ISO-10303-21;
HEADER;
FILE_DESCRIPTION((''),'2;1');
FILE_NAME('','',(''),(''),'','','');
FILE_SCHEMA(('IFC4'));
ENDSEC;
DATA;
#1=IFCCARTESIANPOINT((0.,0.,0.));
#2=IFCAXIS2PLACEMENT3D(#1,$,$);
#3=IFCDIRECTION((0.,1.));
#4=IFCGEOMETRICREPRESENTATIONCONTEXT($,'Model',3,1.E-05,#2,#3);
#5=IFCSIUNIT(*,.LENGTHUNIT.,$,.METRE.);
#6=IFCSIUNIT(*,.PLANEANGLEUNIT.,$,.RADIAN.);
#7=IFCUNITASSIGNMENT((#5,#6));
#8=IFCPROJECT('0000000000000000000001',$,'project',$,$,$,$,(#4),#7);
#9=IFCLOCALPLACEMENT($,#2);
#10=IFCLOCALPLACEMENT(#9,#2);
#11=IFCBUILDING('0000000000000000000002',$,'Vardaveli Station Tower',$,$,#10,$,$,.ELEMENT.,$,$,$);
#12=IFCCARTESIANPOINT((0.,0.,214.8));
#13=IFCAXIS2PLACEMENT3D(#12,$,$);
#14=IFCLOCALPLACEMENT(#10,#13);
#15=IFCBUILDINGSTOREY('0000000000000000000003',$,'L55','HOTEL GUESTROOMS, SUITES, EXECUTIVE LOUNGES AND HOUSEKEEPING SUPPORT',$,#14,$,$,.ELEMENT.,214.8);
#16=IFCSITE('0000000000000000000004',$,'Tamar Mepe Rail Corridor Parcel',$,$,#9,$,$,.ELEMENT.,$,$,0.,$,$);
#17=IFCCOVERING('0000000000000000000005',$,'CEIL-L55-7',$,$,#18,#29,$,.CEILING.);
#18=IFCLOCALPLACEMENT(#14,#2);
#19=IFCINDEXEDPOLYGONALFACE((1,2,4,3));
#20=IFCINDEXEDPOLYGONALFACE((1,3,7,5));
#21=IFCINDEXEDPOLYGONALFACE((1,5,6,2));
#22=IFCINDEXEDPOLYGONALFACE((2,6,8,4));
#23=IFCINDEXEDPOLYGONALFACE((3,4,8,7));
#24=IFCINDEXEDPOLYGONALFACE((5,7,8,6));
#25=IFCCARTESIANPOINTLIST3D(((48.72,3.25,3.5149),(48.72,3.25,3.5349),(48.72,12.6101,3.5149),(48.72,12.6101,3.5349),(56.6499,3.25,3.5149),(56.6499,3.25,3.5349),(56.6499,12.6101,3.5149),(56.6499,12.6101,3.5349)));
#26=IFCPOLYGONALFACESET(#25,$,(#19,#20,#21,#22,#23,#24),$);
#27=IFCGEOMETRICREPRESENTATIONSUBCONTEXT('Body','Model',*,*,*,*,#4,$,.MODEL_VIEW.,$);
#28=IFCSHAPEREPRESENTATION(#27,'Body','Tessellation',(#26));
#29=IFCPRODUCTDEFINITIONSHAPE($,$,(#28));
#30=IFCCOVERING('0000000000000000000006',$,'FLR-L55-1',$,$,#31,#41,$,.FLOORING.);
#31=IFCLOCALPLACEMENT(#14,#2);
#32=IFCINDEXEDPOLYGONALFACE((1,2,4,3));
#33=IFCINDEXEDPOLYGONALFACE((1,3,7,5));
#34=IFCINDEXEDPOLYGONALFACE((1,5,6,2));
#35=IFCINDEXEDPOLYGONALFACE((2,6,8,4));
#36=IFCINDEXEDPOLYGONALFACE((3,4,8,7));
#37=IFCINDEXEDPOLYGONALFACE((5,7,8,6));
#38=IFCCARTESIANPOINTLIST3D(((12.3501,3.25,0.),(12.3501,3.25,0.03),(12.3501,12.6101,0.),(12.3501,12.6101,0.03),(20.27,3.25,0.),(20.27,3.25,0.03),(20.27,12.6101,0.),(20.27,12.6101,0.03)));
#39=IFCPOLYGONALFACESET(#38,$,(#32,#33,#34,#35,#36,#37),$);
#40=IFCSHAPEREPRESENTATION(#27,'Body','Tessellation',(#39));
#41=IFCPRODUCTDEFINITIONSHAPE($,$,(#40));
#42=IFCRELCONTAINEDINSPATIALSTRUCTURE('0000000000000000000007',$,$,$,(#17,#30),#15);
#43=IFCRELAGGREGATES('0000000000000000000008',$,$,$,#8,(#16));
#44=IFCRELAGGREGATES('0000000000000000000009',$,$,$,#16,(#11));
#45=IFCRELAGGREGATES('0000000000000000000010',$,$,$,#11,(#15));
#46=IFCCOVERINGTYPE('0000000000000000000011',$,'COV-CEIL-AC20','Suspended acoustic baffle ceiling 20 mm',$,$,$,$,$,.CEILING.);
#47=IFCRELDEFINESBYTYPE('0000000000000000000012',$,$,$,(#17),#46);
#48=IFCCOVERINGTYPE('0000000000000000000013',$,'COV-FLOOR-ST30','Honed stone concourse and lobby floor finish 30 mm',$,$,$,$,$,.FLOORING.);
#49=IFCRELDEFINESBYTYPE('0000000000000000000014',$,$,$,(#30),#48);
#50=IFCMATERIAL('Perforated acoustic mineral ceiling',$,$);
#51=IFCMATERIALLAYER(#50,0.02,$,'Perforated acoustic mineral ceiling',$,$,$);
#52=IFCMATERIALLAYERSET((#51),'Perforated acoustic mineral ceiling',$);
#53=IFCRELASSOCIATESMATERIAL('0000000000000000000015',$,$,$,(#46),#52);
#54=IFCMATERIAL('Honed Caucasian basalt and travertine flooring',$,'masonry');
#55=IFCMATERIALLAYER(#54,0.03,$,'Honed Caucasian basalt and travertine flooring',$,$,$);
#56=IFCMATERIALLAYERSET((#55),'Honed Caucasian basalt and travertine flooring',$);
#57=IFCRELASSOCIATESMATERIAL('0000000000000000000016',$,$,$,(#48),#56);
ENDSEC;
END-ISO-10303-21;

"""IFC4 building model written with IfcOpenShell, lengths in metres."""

from ifc_helpers import new_model, si_unit, direction, frame, origin, place, context, subcontext, project, spatial, polyline, outline, extrude, material, layer, layer_set, type_object, element, save


model = new_model("IFC4")

# Units and contexts
model_context = context("Model", 3, precision=1e-05, world=origin(), true_north=direction((0.0, 1.0)))
body_context = subcontext(model_context, "Body", "Model", "MODEL_VIEW")
ifc_project = project(units=[si_unit("LENGTHUNIT", "METRE"), si_unit("PLANEANGLEUNIT", "RADIAN")], contexts=[model_context])

# Site, building, storey
site_placement = place(None, origin())
site = spatial("IfcSite", under=ifc_project, at=site_placement, Name="Tamar Mepe Rail Corridor Parcel", CompositionType="ELEMENT", RefElevation=0.0)
building_placement = place(site_placement, origin())
building = spatial("IfcBuilding", under=site, at=building_placement, Name="Vardaveli Station Tower", CompositionType="ELEMENT")
storey_placement = place(building_placement, frame((0.0, 0.0, 214.8)))
storey = spatial("IfcBuildingStorey", under=building, at=storey_placement, Name="L55", Description="HOTEL GUESTROOMS, SUITES, EXECUTIVE LOUNGES AND HOUSEKEEPING SUPPORT", CompositionType="ELEMENT", Elevation=214.8)

# Coverings
ifc_material_1 = material(Name="Perforated acoustic mineral ceiling")
ifc_layer_1 = layer(ifc_material_1, 0.02, Name="Perforated acoustic mineral ceiling")
ifc_layer_set_1 = layer_set([ifc_layer_1], Name="Perforated acoustic mineral ceiling")
covering_type_1 = type_object("IfcCoveringType", Name="COV-CEIL-AC20", Description="Suspended acoustic baffle ceiling 20 mm", PredefinedType="CEILING", material=ifc_layer_set_1)
covering_1_placement = place(storey_placement, frame((0.0, 0.0, 3.5149)))
element("IfcCovering", 1, at=covering_1_placement, inside=storey, type_object=covering_type_1, Name="CEIL-L55-7", PredefinedType="CEILING", context=body_context, shape_type="SweptSolid", body=[
    extrude(outline(polyline([(48.72, 3.25), (56.6499, 3.25), (56.6499, 12.6101), (48.72, 12.6101), (48.72, 3.25)])), origin(), (0.0, 0.0, 1.0), 0.02),
])
ifc_material_2 = material(Name="Honed Caucasian basalt and travertine flooring", Category="masonry")
ifc_layer_2 = layer(ifc_material_2, 0.03, Name="Honed Caucasian basalt and travertine flooring")
ifc_layer_set_2 = layer_set([ifc_layer_2], Name="Honed Caucasian basalt and travertine flooring")
covering_type_2 = type_object("IfcCoveringType", Name="COV-FLOOR-ST30", Description="Honed stone concourse and lobby floor finish 30 mm", PredefinedType="FLOORING", material=ifc_layer_set_2)
covering_2_placement = place(storey_placement, origin())
element("IfcCovering", 2, at=covering_2_placement, inside=storey, type_object=covering_type_2, Name="FLR-L55-1", PredefinedType="FLOORING", context=body_context, shape_type="SweptSolid", body=[
    extrude(outline(polyline([(12.3501, 3.25), (20.27, 3.25), (20.27, 12.6101), (12.3501, 12.6101), (12.3501, 3.25)])), origin(), (0.0, 0.0, 1.0), 0.03),
])

save(model, "model.ifc")
